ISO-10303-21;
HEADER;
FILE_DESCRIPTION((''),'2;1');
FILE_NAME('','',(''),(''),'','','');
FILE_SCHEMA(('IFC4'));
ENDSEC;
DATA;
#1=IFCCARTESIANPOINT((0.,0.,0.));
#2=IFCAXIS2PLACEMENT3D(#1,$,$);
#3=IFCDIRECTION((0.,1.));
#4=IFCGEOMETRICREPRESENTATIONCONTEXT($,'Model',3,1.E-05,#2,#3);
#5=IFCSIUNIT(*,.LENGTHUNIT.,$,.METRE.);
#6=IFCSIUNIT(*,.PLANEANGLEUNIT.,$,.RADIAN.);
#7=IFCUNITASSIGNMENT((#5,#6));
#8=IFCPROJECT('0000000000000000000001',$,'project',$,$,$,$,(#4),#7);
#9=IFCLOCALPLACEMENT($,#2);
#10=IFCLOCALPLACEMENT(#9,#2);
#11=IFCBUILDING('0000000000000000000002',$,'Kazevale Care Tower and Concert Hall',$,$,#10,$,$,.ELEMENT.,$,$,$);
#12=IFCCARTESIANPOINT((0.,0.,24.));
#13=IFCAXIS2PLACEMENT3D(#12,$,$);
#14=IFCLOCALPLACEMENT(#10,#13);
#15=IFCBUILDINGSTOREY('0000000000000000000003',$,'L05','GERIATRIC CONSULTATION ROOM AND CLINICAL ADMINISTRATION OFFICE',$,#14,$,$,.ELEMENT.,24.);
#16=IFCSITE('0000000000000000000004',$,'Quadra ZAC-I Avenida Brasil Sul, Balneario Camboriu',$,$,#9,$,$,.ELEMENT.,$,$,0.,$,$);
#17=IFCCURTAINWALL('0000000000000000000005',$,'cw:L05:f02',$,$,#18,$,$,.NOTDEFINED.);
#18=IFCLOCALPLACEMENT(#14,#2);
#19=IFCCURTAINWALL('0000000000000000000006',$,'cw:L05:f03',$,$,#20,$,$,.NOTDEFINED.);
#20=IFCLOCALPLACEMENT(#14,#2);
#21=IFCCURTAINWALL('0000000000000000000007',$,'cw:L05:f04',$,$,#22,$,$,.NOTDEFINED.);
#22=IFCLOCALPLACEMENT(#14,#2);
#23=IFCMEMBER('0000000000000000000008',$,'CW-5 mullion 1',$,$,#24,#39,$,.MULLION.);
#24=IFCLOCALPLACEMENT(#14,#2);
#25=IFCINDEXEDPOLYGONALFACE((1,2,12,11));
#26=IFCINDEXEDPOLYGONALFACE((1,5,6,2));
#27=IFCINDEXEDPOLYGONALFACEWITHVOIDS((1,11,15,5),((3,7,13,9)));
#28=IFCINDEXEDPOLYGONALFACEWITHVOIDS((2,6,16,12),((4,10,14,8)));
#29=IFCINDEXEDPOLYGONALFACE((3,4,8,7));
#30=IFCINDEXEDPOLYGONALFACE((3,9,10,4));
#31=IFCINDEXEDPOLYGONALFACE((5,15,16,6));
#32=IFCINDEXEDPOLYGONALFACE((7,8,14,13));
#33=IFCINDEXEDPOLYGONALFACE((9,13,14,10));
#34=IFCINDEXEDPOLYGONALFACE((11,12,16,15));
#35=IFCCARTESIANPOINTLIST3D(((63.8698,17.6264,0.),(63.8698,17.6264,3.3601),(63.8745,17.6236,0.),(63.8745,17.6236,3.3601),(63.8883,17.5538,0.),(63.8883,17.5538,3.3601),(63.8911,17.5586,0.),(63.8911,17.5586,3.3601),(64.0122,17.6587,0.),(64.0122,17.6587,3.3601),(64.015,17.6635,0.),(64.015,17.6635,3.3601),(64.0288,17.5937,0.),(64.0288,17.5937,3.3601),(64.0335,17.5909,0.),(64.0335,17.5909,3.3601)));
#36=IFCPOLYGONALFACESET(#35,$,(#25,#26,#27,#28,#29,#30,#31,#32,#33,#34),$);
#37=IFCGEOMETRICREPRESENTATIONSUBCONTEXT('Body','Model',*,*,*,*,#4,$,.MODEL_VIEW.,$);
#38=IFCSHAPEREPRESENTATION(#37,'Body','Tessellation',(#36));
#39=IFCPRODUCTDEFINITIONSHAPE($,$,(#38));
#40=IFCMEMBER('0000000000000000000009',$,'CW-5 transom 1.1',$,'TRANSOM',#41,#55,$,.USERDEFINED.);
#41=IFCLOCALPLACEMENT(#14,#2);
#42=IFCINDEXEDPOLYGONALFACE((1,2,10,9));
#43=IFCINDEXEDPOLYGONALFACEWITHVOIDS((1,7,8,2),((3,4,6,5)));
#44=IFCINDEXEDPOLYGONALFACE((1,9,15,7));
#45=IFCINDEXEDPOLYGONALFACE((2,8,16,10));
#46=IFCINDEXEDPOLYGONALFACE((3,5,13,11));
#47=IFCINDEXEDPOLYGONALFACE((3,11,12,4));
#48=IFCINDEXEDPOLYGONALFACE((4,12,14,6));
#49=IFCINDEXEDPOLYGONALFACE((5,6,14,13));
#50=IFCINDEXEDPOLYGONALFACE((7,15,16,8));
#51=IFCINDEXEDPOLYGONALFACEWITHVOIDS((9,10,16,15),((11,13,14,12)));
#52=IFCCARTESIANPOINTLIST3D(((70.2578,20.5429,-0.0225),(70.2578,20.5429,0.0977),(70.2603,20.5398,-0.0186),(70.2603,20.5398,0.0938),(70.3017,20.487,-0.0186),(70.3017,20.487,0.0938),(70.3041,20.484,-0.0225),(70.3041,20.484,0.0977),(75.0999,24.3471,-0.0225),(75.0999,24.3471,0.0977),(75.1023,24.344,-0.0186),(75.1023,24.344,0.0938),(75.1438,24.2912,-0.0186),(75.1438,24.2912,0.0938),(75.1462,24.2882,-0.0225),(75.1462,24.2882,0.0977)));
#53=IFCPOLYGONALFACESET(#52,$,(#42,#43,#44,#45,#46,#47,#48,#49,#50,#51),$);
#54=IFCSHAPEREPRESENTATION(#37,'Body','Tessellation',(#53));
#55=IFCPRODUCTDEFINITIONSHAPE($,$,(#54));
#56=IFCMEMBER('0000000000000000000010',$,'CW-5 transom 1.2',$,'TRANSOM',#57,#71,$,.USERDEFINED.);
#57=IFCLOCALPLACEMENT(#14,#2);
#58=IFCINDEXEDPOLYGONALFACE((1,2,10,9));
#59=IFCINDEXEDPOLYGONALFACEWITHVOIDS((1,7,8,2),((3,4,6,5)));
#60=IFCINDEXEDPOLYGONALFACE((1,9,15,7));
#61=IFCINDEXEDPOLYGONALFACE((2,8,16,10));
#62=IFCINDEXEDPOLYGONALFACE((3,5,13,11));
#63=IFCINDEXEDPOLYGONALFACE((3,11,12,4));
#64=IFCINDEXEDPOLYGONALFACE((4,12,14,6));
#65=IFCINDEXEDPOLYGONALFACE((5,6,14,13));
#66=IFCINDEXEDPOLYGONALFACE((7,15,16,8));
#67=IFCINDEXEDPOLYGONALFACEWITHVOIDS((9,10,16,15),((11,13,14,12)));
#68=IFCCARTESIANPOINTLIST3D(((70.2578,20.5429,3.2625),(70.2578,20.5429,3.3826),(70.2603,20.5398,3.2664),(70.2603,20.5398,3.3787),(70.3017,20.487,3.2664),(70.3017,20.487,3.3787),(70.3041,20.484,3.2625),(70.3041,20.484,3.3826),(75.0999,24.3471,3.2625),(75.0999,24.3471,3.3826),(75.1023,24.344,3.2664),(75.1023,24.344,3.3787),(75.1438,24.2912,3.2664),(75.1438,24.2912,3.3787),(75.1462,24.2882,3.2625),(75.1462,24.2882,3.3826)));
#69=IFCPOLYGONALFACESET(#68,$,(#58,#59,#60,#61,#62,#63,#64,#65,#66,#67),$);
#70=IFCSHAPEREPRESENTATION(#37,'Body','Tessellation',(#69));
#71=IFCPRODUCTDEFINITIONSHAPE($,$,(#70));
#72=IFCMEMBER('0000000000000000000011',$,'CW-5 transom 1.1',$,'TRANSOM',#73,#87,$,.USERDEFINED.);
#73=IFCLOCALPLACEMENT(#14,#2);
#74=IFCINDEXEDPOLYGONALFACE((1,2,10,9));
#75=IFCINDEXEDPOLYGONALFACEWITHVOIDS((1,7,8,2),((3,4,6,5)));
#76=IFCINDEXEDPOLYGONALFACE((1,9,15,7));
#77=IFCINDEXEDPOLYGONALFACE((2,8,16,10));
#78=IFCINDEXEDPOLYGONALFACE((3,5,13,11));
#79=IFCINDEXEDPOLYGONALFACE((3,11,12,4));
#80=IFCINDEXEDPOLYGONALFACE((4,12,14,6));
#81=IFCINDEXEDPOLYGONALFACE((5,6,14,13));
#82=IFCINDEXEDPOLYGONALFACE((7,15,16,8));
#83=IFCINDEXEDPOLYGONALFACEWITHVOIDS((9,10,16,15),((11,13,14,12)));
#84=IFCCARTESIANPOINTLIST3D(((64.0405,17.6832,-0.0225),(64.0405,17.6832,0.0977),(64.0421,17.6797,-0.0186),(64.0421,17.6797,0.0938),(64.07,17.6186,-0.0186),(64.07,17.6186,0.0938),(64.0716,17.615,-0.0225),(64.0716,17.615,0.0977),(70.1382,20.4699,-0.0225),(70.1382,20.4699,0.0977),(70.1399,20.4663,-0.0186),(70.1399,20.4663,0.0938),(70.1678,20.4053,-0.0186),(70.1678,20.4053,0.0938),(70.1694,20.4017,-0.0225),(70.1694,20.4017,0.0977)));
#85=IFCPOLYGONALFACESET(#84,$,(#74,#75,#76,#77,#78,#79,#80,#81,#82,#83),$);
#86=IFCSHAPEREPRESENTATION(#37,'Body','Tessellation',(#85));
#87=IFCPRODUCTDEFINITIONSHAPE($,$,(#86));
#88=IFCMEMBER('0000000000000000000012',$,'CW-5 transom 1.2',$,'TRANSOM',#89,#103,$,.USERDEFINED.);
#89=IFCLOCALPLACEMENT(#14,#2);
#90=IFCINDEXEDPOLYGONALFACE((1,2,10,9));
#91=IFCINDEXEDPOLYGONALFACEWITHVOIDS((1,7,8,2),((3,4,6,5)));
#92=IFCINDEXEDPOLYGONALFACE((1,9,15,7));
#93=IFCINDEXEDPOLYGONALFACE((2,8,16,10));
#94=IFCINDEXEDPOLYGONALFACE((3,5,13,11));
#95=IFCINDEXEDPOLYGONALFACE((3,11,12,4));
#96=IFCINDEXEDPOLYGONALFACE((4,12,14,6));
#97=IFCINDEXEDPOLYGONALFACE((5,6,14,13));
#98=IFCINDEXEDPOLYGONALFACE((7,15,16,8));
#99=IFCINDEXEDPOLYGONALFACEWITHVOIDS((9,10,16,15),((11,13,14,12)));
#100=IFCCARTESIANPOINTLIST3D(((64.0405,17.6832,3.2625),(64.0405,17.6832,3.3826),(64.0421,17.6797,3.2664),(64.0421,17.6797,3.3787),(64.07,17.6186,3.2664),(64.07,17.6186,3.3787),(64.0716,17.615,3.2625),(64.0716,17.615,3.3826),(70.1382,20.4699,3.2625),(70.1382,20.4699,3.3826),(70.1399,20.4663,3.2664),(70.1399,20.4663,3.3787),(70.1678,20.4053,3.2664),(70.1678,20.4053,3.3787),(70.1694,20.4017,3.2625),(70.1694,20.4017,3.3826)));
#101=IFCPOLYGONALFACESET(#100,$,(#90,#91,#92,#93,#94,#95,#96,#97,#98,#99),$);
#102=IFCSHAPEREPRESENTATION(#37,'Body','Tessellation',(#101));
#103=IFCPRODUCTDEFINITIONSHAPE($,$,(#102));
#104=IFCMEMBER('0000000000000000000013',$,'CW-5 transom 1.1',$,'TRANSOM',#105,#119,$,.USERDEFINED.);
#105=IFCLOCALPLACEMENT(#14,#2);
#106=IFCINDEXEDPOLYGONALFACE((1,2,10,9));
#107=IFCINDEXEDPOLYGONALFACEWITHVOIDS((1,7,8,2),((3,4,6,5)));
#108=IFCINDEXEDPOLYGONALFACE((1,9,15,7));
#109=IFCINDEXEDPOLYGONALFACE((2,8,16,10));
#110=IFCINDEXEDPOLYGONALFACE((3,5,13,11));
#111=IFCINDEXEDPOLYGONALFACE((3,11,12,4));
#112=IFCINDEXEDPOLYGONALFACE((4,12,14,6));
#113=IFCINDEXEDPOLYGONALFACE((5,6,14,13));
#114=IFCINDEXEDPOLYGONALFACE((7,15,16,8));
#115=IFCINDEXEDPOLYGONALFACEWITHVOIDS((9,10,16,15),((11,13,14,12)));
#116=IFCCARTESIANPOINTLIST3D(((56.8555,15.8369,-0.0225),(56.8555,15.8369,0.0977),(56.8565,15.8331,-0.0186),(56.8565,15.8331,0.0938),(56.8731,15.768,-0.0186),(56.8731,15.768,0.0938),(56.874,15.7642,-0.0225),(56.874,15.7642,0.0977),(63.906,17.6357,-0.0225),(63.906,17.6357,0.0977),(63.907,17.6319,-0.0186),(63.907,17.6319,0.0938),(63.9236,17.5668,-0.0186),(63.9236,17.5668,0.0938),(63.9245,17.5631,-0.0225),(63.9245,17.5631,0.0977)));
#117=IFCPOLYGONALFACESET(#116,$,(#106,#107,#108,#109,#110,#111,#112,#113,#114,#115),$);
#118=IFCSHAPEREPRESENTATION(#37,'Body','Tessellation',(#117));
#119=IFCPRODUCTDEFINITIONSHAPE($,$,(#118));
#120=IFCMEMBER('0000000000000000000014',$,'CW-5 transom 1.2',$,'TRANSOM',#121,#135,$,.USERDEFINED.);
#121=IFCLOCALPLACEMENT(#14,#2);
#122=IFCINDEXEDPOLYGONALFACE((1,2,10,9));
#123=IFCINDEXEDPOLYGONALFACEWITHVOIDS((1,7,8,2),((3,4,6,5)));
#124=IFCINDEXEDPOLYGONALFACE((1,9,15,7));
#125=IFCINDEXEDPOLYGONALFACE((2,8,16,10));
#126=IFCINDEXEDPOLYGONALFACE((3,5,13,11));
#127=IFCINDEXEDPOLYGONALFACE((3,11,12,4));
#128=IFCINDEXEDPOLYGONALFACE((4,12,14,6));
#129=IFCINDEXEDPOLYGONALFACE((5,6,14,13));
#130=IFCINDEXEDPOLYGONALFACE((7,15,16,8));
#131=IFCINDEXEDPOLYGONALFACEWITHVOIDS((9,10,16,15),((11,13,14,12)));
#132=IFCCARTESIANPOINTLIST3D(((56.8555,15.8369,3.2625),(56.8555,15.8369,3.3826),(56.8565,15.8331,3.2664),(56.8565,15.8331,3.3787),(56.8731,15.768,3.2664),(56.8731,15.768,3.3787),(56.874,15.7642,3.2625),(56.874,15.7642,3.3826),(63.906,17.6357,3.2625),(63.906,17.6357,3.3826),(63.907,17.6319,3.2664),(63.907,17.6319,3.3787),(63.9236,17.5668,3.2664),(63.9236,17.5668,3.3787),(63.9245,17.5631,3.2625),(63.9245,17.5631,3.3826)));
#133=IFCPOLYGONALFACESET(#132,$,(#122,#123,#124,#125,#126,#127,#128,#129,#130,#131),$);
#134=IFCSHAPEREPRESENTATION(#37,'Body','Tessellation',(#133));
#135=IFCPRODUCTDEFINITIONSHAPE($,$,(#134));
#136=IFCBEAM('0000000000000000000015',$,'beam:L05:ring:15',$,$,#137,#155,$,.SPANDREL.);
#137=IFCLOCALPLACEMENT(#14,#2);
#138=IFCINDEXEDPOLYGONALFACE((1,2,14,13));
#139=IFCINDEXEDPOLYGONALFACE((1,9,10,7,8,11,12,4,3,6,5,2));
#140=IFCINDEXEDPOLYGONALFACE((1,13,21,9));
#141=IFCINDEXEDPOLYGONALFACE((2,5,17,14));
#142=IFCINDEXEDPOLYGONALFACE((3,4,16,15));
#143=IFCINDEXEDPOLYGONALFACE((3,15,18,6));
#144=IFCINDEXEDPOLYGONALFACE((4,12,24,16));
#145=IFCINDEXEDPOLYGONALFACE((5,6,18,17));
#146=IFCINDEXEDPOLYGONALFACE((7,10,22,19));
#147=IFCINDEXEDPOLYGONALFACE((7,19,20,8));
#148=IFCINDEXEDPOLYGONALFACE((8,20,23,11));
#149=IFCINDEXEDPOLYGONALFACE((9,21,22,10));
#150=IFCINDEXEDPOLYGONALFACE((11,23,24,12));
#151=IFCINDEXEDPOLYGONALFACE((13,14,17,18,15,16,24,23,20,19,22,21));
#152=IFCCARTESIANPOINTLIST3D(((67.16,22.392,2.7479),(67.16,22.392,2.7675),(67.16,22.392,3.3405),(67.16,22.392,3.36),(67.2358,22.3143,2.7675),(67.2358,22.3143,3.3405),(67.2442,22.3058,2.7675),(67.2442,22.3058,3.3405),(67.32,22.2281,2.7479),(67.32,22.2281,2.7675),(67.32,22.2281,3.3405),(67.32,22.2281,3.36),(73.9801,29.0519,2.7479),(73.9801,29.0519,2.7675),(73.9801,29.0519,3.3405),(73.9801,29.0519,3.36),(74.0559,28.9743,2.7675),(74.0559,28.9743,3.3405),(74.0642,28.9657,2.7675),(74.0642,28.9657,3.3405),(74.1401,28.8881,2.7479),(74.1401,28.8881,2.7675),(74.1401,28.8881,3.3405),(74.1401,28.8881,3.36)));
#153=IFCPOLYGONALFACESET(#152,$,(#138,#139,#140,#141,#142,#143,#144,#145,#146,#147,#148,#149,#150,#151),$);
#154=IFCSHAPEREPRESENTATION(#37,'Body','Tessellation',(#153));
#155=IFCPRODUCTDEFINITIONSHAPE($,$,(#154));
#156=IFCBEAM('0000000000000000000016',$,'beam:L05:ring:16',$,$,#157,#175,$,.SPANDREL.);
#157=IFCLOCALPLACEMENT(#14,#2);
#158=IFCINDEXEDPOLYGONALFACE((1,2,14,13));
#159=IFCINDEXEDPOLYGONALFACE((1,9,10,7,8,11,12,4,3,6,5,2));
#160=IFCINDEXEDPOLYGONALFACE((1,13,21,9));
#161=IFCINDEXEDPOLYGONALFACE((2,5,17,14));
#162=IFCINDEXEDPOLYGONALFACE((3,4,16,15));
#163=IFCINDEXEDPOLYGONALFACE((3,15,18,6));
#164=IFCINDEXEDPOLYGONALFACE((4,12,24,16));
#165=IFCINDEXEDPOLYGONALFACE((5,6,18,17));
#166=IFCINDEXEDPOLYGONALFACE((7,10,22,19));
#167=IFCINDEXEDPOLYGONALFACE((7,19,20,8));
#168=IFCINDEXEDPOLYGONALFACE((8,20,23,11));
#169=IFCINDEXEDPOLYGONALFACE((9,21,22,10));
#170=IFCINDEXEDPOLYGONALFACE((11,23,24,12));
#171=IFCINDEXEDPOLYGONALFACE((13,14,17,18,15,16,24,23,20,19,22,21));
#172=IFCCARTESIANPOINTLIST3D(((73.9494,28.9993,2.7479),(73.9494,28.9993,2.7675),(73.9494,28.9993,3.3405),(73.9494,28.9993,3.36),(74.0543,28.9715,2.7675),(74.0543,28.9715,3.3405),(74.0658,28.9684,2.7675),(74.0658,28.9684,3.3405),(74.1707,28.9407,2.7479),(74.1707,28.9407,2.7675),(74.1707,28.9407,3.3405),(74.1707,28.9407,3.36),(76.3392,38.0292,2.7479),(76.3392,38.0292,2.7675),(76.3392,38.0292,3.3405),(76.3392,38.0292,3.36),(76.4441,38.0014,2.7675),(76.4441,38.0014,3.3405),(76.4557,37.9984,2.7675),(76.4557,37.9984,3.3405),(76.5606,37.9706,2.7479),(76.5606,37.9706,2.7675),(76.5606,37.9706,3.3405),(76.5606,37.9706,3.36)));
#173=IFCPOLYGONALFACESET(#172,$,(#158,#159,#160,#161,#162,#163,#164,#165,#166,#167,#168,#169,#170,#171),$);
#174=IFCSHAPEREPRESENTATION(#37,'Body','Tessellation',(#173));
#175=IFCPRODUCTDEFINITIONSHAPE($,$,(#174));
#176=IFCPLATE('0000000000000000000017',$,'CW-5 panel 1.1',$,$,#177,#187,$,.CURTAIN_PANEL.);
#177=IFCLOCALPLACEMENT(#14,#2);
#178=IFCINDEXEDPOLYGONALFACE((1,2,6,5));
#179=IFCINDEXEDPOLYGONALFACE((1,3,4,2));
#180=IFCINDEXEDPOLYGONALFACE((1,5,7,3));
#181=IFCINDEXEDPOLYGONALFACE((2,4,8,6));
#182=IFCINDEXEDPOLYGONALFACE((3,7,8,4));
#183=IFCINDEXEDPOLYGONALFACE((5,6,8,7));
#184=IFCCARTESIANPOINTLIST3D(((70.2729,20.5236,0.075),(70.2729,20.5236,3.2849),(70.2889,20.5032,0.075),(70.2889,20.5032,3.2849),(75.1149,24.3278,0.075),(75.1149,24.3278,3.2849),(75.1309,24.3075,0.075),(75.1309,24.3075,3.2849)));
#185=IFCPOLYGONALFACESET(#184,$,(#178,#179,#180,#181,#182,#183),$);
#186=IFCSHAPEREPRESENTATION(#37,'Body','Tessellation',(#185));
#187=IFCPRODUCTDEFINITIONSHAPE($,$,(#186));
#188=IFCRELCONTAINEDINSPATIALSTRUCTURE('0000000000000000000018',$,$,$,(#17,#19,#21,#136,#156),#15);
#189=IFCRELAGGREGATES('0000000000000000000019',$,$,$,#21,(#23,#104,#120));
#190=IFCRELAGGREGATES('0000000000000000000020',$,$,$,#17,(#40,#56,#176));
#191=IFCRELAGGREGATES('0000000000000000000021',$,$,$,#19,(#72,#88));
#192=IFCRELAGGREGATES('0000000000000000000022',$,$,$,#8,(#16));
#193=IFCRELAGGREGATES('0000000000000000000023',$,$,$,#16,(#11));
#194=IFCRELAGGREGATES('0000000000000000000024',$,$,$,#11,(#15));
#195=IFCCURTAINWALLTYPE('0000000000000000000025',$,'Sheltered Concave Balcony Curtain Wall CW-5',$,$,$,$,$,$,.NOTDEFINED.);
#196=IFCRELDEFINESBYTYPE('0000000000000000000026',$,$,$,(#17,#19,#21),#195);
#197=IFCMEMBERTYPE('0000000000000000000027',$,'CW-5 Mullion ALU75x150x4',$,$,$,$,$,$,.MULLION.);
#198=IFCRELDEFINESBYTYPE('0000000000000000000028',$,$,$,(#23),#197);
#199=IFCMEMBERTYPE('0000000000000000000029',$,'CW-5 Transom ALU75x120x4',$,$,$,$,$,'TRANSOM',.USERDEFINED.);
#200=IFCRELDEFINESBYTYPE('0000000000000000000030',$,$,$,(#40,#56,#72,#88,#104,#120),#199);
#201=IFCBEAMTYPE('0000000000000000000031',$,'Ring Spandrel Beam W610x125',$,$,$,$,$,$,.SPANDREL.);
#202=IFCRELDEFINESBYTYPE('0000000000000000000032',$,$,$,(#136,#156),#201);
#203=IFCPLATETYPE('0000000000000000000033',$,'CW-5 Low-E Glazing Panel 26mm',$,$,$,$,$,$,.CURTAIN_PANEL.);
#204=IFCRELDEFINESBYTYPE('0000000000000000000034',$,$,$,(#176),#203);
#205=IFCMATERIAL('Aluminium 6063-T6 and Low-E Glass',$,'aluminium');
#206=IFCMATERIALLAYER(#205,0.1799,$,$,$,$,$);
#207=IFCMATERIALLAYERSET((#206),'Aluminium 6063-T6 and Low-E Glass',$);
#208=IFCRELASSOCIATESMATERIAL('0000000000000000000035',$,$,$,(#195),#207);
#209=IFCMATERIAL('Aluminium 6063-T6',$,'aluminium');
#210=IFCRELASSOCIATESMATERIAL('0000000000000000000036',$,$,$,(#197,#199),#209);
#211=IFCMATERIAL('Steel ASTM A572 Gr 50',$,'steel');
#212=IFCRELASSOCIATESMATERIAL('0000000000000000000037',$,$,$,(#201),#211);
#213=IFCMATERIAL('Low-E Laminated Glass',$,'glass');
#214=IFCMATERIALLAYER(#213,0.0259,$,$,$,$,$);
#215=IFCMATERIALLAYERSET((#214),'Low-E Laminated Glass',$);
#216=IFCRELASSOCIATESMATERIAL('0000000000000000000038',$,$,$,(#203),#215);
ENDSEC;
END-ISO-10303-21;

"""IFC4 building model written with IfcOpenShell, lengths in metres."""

from ifc_helpers import new_model, si_unit, direction, frame, origin, origin_2d, place, context, subcontext, project, spatial, rectangle, hollow_rectangle, i_section, extrude, material, layer, layer_set, material_profile, profile_set, type_object, element, aggregate, save


model = new_model("IFC4")

# Units and contexts
model_context = context("Model", 3, precision=1e-05, world=origin(), true_north=direction((0.0, 1.0)))
body_context = subcontext(model_context, "Body", "Model", "MODEL_VIEW")
ifc_project = project(units=[si_unit("LENGTHUNIT", "METRE"), si_unit("PLANEANGLEUNIT", "RADIAN")], contexts=[model_context])

# Site, building, storey
site_placement = place(None, origin())
site = spatial("IfcSite", under=ifc_project, at=site_placement, Name="Quadra ZAC-I Avenida Brasil Sul, Balneario Camboriu", CompositionType="ELEMENT", RefElevation=0.0)
building_placement = place(site_placement, origin())
building = spatial("IfcBuilding", under=site, at=building_placement, Name="Kazevale Care Tower and Concert Hall", CompositionType="ELEMENT")
storey_placement = place(building_placement, frame((0.0, 0.0, 24.0)))
storey = spatial("IfcBuildingStorey", under=building, at=storey_placement, Name="L05", Description="GERIATRIC CONSULTATION ROOM AND CLINICAL ADMINISTRATION OFFICE", CompositionType="ELEMENT", Elevation=24.0)

# Shared definitions
ifc_material_1 = material(Name="Aluminium 6063-T6 and Low-E Glass", Category="aluminium")
ifc_material_2 = material(Name="Aluminium 6063-T6", Category="aluminium")

# Curtain walls
ifc_layer_1 = layer(ifc_material_1, 0.1799)
ifc_layer_set_1 = layer_set([ifc_layer_1], Name="Aluminium 6063-T6 and Low-E Glass")
curtain_wall_type_1 = type_object("IfcCurtainWallType", Name="Sheltered Concave Balcony Curtain Wall CW-5", PredefinedType="NOTDEFINED", material=ifc_layer_set_1)
curtain_wall_1_placement = place(storey_placement, origin())
curtain_wall_1 = element("IfcCurtainWall", 1, at=curtain_wall_1_placement, inside=storey, type_object=curtain_wall_type_1, Name="cw:L05:f02", PredefinedType="NOTDEFINED")
ifc_material_profile_1 = material_profile(ifc_material_2, hollow_rectangle(XDim=0.075, YDim=0.1499, WallThickness=0.0039, at=origin_2d()), Name="ALU75x150x4")
ifc_profile_set_1 = profile_set([ifc_material_profile_1], Name="Aluminium 6063-T6")
member_type_1 = type_object("IfcMemberType", Name="CW-5 Mullion ALU75x150x4", PredefinedType="MULLION", material=ifc_profile_set_1)
curtain_wall_2_placement = place(storey_placement, origin())
curtain_wall_2 = element("IfcCurtainWall", 2, at=curtain_wall_2_placement, inside=storey, type_object=curtain_wall_type_1, Name="cw:L05:f03", PredefinedType="NOTDEFINED")

# Curtain wall, member
curtain_wall_3_placement = place(storey_placement, origin())
curtain_wall_3 = element("IfcCurtainWall", 3, at=curtain_wall_3_placement, inside=storey, type_object=curtain_wall_type_1, Name="cw:L05:f04", PredefinedType="NOTDEFINED")
member_1_placement = place(storey_placement, frame((63.9517, 17.6086, 0.0), z_axis=(0.0, 0.0, 1.0), x_axis=(0.247222, -0.968959, 0.0)))
member_1 = element("IfcMember", 4, at=member_1_placement, type_object=member_type_1, Name="CW-5 mullion 1", PredefinedType="MULLION", context=body_context, shape_type="SweptSolid", body=[
    extrude(hollow_rectangle(XDim=0.075, YDim=0.1499, WallThickness=0.0039, at=origin_2d()), origin(), (0.0, 0.0, 1.0), 3.3601),
])

# Members
ifc_material_profile_2 = material_profile(ifc_material_2, hollow_rectangle(XDim=0.075, YDim=0.1201, WallThickness=0.0039, at=origin_2d()), Name="ALU75x120x4")
ifc_profile_set_2 = profile_set([ifc_material_profile_2], Name="Aluminium 6063-T6")
member_type_2 = type_object("IfcMemberType", Name="CW-5 Transom ALU75x120x4", ElementType="TRANSOM", PredefinedType="USERDEFINED", material=ifc_profile_set_2)
member_2_placement = place(storey_placement, frame((75.123, 24.3176, 0.0376), z_axis=(-0.786339, -0.617795, 0.0), x_axis=(0.617795, -0.786339, 0.0)))
member_2 = element("IfcMember", 5, at=member_2_placement, type_object=member_type_2, Name="CW-5 transom 1.1", ObjectType="TRANSOM", PredefinedType="USERDEFINED", context=body_context, shape_type="SweptSolid", body=[
    extrude(hollow_rectangle(XDim=0.075, YDim=0.1201, WallThickness=0.0039, at=origin_2d()), origin(), (0.0, 0.0, 1.0), 6.1577),
])
member_3_placement = place(storey_placement, frame((75.123, 24.3176, 3.3225), z_axis=(-0.786339, -0.617795, 0.0), x_axis=(0.617795, -0.786339, 0.0)))
member_3 = element("IfcMember", 6, at=member_3_placement, type_object=member_type_2, Name="CW-5 transom 1.2", ObjectType="TRANSOM", PredefinedType="USERDEFINED", context=body_context, shape_type="SweptSolid", body=[
    extrude(hollow_rectangle(XDim=0.075, YDim=0.1201, WallThickness=0.0039, at=origin_2d()), origin(), (0.0, 0.0, 1.0), 6.1577),
])
member_4_placement = place(storey_placement, frame((70.1538, 20.4358, 0.0376), z_axis=(-0.909524, -0.415651, 0.0), x_axis=(0.415651, -0.909524, 0.0)))
member_4 = element("IfcMember", 7, at=member_4_placement, type_object=member_type_2, Name="CW-5 transom 1.1", ObjectType="TRANSOM", PredefinedType="USERDEFINED", context=body_context, shape_type="SweptSolid", body=[
    extrude(hollow_rectangle(XDim=0.075, YDim=0.1201, WallThickness=0.0039, at=origin_2d()), origin(), (0.0, 0.0, 1.0), 6.7043),
])
member_5_placement = place(storey_placement, frame((70.1538, 20.4358, 3.3225), z_axis=(-0.909524, -0.415651, 0.0), x_axis=(0.415651, -0.909524, 0.0)))
member_5 = element("IfcMember", 8, at=member_5_placement, type_object=member_type_2, Name="CW-5 transom 1.2", ObjectType="TRANSOM", PredefinedType="USERDEFINED", context=body_context, shape_type="SweptSolid", body=[
    extrude(hollow_rectangle(XDim=0.075, YDim=0.1201, WallThickness=0.0039, at=origin_2d()), origin(), (0.0, 0.0, 1.0), 6.7043),
])
member_6_placement = place(storey_placement, frame((63.9153, 17.5994, 0.0376), z_axis=(-0.968961, -0.247214, 0.0), x_axis=(0.247214, -0.968961, 0.0)))
member_6 = element("IfcMember", 9, at=member_6_placement, type_object=member_type_2, Name="CW-5 transom 1.1", ObjectType="TRANSOM", PredefinedType="USERDEFINED", context=body_context, shape_type="SweptSolid", body=[
    extrude(hollow_rectangle(XDim=0.075, YDim=0.1201, WallThickness=0.0039, at=origin_2d()), origin(), (0.0, 0.0, 1.0), 7.2764),
])
member_7_placement = place(storey_placement, frame((63.9153, 17.5994, 3.3225), z_axis=(-0.968961, -0.247214, 0.0), x_axis=(0.247214, -0.968961, 0.0)))
member_7 = element("IfcMember", 10, at=member_7_placement, type_object=member_type_2, Name="CW-5 transom 1.2", ObjectType="TRANSOM", PredefinedType="USERDEFINED", context=body_context, shape_type="SweptSolid", body=[
    extrude(hollow_rectangle(XDim=0.075, YDim=0.1201, WallThickness=0.0039, at=origin_2d()), origin(), (0.0, 0.0, 1.0), 7.2764),
])
aggregate(curtain_wall_3, [member_1, member_6, member_7])

# Beams
ifc_material_3 = material(Name="Steel ASTM A572 Gr 50", Category="steel")
ifc_material_profile_3 = material_profile(ifc_material_3, i_section(OverallWidth=0.229, OverallDepth=0.6121, WebThickness=0.012, FlangeThickness=0.0195, at=origin_2d()), Name="W610x125")
ifc_profile_set_3 = profile_set([ifc_material_profile_3], Name="Steel ASTM A572 Gr 50")
beam_type = type_object("IfcBeamType", Name="Ring Spandrel Beam W610x125", PredefinedType="SPANDREL", material=ifc_profile_set_3)
beam_1_placement = place(storey_placement, frame((67.24, 22.3101, 3.054), z_axis=(0.715457, 0.698656, 0.0), x_axis=(-0.698656, 0.715457, 0.0)))
element("IfcBeam", 11, at=beam_1_placement, inside=storey, type_object=beam_type, Name="beam:L05:ring:15", PredefinedType="SPANDREL", context=body_context, shape_type="SweptSolid", body=[
    extrude(i_section(OverallWidth=0.229, OverallDepth=0.6121, WebThickness=0.012, FlangeThickness=0.0195, at=origin_2d()), origin(), (0.0, 0.0, 1.0), 9.5325),
])
beam_2_placement = place(storey_placement, frame((74.0601, 28.97, 3.054), z_axis=(0.255852, 0.966716, 0.0), x_axis=(-0.966716, 0.255852, 0.0)))
element("IfcBeam", 12, at=beam_2_placement, inside=storey, type_object=beam_type, Name="beam:L05:ring:16", PredefinedType="SPANDREL", context=body_context, shape_type="SweptSolid", body=[
    extrude(i_section(OverallWidth=0.229, OverallDepth=0.6121, WebThickness=0.012, FlangeThickness=0.0195, at=origin_2d()), origin(), (0.0, 0.0, 1.0), 9.3408),
])

# Plate
ifc_material_4 = material(Name="Low-E Laminated Glass", Category="glass")
ifc_layer_2 = layer(ifc_material_4, 0.0259)
ifc_layer_set_2 = layer_set([ifc_layer_2], Name="Low-E Laminated Glass")
plate_type = type_object("IfcPlateType", Name="CW-5 Low-E Glazing Panel 26mm", PredefinedType="CURTAIN_PANEL", material=ifc_layer_set_2)
plate_1_placement = place(storey_placement, frame((72.7019, 22.4155, 0.075), z_axis=(0.0, 0.0, 1.0), x_axis=(-0.786329, -0.617808, 0.0)))
plate_1 = element("IfcPlate", 13, at=plate_1_placement, type_object=plate_type, Name="CW-5 panel 1.1", PredefinedType="CURTAIN_PANEL", context=body_context, shape_type="SweptSolid", body=[
    extrude(rectangle(XDim=6.1577, YDim=0.0259, at=origin_2d()), origin(), (0.0, 0.0, 1.0), 3.21),
])
aggregate(curtain_wall_1, [member_2, member_3, plate_1])
aggregate(curtain_wall_2, [member_4, member_5])

save(model, "model.ifc")
